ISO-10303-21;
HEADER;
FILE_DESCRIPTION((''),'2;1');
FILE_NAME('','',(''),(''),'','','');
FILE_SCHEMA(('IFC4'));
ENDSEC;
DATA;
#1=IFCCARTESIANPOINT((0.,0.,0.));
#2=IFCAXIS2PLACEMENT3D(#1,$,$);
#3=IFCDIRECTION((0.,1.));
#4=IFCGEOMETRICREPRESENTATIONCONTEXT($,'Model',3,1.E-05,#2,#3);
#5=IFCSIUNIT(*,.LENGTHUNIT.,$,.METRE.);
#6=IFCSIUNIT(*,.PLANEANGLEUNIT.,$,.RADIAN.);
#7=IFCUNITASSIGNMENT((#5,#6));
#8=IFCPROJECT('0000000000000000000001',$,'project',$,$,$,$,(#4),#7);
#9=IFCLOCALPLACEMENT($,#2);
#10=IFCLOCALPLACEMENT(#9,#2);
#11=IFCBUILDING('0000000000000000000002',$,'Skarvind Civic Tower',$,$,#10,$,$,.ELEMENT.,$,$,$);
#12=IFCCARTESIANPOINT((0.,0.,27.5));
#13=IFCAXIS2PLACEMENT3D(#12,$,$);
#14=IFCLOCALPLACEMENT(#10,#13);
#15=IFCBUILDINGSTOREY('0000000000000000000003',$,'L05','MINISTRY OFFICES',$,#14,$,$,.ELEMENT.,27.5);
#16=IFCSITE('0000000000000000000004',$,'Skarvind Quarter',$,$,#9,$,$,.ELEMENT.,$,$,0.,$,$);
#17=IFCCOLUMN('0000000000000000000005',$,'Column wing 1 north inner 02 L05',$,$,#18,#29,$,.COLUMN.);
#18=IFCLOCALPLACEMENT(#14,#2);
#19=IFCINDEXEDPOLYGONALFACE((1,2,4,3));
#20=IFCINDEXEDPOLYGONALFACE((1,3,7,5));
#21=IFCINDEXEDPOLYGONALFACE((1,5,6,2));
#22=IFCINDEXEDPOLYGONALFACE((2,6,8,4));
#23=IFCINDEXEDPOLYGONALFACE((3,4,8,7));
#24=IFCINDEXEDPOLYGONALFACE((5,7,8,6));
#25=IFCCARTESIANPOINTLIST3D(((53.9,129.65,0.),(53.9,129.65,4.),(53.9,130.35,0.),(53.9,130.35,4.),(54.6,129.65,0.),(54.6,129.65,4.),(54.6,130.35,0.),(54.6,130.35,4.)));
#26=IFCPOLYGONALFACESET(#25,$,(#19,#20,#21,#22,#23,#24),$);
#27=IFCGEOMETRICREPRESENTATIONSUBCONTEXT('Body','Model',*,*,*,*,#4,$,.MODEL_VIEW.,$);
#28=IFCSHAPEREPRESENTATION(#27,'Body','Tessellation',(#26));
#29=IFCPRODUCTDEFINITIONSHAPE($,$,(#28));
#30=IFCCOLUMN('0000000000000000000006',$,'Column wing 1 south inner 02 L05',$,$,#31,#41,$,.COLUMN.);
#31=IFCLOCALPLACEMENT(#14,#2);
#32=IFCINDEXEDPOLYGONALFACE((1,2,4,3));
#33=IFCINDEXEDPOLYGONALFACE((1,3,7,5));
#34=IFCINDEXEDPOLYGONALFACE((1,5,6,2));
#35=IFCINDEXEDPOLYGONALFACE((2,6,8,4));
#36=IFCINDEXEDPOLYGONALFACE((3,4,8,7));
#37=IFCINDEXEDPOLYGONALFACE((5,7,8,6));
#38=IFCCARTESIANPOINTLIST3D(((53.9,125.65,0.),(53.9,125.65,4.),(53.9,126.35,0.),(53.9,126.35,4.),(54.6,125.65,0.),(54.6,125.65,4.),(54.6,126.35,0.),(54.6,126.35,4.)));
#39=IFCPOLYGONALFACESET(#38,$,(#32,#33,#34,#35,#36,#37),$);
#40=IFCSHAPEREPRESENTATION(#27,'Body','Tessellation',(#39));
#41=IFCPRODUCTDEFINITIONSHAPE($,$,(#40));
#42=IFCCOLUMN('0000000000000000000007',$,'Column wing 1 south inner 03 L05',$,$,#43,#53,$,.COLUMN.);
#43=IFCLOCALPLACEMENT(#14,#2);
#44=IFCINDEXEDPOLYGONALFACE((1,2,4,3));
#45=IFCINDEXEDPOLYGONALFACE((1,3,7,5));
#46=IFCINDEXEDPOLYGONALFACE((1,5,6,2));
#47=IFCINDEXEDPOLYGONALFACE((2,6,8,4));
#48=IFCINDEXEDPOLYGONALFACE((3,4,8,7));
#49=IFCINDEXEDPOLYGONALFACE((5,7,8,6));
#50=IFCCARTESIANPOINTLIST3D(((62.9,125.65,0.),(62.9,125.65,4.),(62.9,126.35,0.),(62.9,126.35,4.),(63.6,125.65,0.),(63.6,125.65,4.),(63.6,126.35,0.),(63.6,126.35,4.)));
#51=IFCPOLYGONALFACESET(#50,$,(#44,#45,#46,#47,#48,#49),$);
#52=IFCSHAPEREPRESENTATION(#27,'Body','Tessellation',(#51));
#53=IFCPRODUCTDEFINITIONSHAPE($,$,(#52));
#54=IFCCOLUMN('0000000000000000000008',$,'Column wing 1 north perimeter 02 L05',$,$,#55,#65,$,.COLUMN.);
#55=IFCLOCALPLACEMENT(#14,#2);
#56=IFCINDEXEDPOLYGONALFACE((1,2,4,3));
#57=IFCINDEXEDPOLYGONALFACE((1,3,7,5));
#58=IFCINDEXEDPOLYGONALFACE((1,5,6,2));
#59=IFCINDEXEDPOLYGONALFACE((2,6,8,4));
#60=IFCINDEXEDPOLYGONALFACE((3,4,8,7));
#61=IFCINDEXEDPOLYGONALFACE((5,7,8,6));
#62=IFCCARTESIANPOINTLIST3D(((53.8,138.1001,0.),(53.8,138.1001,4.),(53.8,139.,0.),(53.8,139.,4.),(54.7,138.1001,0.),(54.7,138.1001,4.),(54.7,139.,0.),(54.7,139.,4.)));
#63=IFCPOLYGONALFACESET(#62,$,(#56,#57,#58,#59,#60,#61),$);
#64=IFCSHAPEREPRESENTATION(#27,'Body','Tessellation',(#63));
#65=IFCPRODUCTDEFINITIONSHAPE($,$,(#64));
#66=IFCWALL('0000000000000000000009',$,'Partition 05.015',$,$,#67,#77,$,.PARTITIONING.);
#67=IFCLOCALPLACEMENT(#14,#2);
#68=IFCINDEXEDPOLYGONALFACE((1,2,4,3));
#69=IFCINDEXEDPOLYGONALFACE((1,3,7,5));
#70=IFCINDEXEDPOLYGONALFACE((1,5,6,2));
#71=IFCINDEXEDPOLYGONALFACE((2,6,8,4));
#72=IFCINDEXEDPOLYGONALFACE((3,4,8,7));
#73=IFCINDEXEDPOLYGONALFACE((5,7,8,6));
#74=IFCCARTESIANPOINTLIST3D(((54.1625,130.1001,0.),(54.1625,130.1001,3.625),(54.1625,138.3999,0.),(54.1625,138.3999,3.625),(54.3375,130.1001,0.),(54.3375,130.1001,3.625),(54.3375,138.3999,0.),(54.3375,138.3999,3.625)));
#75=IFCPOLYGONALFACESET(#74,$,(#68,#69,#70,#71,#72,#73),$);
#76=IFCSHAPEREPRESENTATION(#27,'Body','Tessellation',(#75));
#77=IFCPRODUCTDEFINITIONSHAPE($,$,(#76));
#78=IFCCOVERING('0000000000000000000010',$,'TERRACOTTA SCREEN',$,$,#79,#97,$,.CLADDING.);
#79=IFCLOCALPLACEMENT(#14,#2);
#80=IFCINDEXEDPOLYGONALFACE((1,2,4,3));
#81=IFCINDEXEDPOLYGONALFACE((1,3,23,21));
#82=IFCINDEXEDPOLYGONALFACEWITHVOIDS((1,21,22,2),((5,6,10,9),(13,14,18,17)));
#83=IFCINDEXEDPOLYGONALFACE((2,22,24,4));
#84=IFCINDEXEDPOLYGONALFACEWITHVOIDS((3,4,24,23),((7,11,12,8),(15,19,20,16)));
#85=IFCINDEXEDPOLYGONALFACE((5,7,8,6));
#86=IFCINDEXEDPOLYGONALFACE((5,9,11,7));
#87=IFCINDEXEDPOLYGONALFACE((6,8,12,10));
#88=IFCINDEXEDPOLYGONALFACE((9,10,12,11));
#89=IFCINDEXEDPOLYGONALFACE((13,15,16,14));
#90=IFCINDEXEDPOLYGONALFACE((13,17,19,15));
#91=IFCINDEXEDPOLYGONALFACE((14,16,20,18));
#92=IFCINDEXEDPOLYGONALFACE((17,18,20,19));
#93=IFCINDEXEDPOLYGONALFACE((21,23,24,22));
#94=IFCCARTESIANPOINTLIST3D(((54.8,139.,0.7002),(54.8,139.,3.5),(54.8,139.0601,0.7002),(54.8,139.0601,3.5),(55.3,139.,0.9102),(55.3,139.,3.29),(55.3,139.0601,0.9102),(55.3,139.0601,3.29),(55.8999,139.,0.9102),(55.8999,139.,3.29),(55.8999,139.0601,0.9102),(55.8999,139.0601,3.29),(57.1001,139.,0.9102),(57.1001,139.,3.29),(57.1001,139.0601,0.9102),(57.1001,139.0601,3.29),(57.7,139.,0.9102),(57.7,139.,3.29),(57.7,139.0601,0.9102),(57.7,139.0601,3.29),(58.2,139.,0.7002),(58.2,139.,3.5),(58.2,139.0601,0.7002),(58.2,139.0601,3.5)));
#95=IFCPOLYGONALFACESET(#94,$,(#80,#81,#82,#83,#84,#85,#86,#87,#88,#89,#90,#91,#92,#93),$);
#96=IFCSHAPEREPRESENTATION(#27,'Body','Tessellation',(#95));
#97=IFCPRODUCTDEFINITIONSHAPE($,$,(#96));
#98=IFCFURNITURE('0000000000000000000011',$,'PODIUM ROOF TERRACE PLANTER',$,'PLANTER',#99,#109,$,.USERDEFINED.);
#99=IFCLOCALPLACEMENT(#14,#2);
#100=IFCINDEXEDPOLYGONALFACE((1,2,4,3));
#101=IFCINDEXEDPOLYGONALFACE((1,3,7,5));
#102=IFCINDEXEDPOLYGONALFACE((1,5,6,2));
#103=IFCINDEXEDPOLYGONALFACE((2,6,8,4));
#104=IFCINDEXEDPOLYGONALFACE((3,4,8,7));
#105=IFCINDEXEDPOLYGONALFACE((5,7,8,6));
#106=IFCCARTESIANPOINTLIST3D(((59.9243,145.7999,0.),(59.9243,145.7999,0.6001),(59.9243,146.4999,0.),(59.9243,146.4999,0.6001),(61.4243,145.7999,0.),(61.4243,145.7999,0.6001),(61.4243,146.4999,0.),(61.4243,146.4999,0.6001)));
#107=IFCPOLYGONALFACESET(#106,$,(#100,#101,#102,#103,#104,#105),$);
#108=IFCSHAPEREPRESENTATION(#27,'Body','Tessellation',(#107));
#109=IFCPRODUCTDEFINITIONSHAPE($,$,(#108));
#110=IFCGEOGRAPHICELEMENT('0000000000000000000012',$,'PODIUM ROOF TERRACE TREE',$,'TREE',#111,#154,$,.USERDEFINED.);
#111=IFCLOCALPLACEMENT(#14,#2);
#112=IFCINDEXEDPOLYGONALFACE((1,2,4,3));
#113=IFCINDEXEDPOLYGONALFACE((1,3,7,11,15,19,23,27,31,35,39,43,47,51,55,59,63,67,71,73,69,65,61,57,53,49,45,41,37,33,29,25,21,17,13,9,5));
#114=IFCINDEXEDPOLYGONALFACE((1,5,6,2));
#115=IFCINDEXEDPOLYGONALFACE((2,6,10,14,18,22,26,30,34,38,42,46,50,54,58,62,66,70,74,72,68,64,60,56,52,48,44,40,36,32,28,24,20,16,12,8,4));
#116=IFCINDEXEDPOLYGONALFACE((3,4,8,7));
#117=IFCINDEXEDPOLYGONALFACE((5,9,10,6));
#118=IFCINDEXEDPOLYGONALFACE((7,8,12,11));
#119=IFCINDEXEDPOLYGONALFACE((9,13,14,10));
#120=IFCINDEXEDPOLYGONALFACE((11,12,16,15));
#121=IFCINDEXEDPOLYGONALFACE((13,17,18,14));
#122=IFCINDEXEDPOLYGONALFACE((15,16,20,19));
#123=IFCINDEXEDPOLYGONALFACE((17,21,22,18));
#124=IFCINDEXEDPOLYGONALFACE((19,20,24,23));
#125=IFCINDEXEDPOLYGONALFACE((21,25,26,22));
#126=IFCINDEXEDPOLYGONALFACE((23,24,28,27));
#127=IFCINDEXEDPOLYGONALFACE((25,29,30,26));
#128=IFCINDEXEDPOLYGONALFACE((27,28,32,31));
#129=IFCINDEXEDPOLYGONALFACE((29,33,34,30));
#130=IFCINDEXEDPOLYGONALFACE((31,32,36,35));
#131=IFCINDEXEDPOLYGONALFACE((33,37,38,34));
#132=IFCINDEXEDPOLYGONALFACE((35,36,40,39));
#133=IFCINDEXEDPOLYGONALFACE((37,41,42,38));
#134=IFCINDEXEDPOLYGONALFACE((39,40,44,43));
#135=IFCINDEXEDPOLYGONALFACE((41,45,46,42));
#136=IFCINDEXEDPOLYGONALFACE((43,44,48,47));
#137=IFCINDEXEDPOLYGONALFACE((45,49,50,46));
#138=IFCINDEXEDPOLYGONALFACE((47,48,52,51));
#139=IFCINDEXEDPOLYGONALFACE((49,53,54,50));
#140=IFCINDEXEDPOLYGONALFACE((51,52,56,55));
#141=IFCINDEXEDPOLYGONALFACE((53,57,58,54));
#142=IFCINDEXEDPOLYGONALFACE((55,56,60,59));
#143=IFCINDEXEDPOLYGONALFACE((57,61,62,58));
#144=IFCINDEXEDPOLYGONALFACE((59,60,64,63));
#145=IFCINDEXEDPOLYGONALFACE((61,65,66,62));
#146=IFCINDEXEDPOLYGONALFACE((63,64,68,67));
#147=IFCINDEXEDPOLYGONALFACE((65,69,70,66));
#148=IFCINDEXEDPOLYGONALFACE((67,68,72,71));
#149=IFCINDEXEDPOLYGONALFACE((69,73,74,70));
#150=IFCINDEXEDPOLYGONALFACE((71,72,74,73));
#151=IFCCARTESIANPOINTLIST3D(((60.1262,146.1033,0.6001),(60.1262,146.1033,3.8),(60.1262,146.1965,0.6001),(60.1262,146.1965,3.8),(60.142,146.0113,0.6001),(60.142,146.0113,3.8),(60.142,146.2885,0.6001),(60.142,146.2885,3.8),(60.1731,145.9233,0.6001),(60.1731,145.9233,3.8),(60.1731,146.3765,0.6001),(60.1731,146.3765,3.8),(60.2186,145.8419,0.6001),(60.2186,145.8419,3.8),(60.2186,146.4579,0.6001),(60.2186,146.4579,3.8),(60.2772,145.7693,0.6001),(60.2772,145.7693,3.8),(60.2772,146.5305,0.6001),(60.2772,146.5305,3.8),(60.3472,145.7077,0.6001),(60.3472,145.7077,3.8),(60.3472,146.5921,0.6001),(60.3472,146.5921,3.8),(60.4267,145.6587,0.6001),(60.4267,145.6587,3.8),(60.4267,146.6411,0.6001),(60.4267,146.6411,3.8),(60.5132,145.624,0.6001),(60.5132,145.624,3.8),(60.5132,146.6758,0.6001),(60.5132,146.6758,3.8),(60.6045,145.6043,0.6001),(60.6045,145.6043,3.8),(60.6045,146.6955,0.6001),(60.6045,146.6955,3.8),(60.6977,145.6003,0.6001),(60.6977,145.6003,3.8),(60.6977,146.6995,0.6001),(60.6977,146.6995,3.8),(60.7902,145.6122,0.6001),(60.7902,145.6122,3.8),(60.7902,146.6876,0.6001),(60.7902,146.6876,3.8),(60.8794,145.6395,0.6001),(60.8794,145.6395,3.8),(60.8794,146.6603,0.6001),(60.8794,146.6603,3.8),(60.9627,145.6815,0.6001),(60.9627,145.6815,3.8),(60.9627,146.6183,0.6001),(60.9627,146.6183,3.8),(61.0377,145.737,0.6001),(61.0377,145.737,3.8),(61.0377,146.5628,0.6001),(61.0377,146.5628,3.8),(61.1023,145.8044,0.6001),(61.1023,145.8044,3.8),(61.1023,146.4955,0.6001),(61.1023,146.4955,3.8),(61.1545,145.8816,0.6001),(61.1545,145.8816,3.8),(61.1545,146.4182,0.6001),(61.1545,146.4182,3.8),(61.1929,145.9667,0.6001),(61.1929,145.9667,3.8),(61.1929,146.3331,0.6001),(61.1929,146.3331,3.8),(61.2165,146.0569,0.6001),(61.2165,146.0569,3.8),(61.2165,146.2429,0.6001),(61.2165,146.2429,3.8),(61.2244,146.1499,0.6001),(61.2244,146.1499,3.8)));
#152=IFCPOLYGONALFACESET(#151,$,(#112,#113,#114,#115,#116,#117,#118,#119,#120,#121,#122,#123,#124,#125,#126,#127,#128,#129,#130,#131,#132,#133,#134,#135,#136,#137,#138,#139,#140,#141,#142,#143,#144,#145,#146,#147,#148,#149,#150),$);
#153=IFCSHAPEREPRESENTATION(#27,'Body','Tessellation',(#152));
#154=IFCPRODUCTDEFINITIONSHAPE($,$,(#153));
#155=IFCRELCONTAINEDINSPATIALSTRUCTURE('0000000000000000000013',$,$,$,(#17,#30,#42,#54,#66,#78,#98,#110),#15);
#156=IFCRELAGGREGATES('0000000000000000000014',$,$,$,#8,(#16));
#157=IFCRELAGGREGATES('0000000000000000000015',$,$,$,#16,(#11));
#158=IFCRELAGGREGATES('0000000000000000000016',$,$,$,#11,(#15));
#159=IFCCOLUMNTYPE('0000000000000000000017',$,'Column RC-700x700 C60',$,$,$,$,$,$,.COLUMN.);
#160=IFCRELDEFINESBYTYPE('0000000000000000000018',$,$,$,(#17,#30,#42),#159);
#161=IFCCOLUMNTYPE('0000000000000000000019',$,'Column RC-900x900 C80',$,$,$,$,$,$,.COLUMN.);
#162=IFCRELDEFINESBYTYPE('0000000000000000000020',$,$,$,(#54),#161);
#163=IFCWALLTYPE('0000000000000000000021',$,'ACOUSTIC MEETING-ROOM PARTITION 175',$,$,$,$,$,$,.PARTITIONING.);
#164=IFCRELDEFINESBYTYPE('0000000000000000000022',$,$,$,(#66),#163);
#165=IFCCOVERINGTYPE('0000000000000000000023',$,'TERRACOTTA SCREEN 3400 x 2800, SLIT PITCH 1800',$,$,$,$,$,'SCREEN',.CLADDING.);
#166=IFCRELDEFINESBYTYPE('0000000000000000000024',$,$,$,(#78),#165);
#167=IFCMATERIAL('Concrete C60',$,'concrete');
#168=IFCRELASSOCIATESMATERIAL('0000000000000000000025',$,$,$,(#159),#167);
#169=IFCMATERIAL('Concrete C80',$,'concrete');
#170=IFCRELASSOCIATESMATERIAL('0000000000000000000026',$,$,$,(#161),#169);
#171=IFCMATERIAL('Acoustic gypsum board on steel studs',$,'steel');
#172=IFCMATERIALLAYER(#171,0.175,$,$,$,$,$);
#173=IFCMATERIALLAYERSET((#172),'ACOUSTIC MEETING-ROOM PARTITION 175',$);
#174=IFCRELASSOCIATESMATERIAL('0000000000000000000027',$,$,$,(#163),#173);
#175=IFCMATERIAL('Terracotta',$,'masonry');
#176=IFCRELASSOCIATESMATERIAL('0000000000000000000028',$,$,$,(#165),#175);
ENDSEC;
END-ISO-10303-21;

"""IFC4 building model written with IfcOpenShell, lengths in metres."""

from ifc_helpers import new_model, si_unit, direction, frame, frame_2d, origin, origin_2d, place, context, subcontext, project, spatial, polyline, rectangle, circle, outline, extrude, material, layer, layer_set, material_profile, profile_set, type_object, element, save


model = new_model("IFC4")

# Units and contexts
model_context = context("Model", 3, precision=1e-05, world=origin(), true_north=direction((0.0, 1.0)))
body_context = subcontext(model_context, "Body", "Model", "MODEL_VIEW")
ifc_project = project(units=[si_unit("LENGTHUNIT", "METRE"), si_unit("PLANEANGLEUNIT", "RADIAN")], contexts=[model_context])

# Site, building, storey
site_placement = place(None, origin())
site = spatial("IfcSite", under=ifc_project, at=site_placement, Name="Skarvind Quarter", CompositionType="ELEMENT", RefElevation=0.0)
building_placement = place(site_placement, origin())
building = spatial("IfcBuilding", under=site, at=building_placement, Name="Skarvind Civic Tower", CompositionType="ELEMENT")
storey_placement = place(building_placement, frame((0.0, 0.0, 27.5)))
storey = spatial("IfcBuildingStorey", under=building, at=storey_placement, Name="L05", Description="MINISTRY OFFICES", CompositionType="ELEMENT", Elevation=27.5)

# Columns
ifc_material_1 = material(Name="Concrete C60", Category="concrete")
ifc_material_profile_1 = material_profile(ifc_material_1, rectangle(XDim=0.7, YDim=0.7, at=origin_2d()), Name="RC-700x700")
ifc_profile_set_1 = profile_set([ifc_material_profile_1], Name="Concrete C60")
column_type_1 = type_object("IfcColumnType", Name="Column RC-700x700 C60", PredefinedType="COLUMN", material=ifc_profile_set_1)
for number, where, z_axis, x_axis, name in (
    (1, (54.25, 130.0, 0.0), (0.0, 0.0, 1.0), (1.0, 0.0, 0.0), "Column wing 1 north inner 02 L05"),
    (2, (54.25, 126.0, 0.0), (0.0, 0.0, 1.0), (1.0, 0.0, 0.0), "Column wing 1 south inner 02 L05"),
    (3, (63.25, 126.0, 0.0), (0.0, 0.0, 1.0), (1.0, 0.0, 0.0), "Column wing 1 south inner 03 L05"),
):
    element("IfcColumn", number, at=place(storey_placement, frame(where, z_axis=z_axis, x_axis=x_axis)), inside=storey, type_object=column_type_1, Name=name, PredefinedType="COLUMN", context=body_context, shape_type="SweptSolid", body=[
        extrude(rectangle(XDim=0.7, YDim=0.7, at=origin_2d()), origin(), (0.0, 0.0, 1.0), 4.0),
    ])
ifc_material_2 = material(Name="Concrete C80", Category="concrete")
ifc_material_profile_2 = material_profile(ifc_material_2, rectangle(XDim=0.8999, YDim=0.8999, at=origin_2d()), Name="RC-900x900")
ifc_profile_set_2 = profile_set([ifc_material_profile_2], Name="Concrete C80")
column_type_2 = type_object("IfcColumnType", Name="Column RC-900x900 C80", PredefinedType="COLUMN", material=ifc_profile_set_2)
column_placement = place(storey_placement, frame((54.25, 138.55, 0.0), z_axis=(0.0, 0.0, 1.0), x_axis=(1.0, 0.0, 0.0)))
element("IfcColumn", 4, at=column_placement, inside=storey, type_object=column_type_2, Name="Column wing 1 north perimeter 02 L05", PredefinedType="COLUMN", context=body_context, shape_type="SweptSolid", body=[
    extrude(rectangle(XDim=0.8999, YDim=0.8999, at=origin_2d()), origin(), (0.0, 0.0, 1.0), 4.0),
])

# Wall
ifc_material_3 = material(Name="Acoustic gypsum board on steel studs", Category="steel")
ifc_layer = layer(ifc_material_3, 0.175)
ifc_layer_set = layer_set([ifc_layer], Name="ACOUSTIC MEETING-ROOM PARTITION 175")
wall_type = type_object("IfcWallType", Name="ACOUSTIC MEETING-ROOM PARTITION 175", PredefinedType="PARTITIONING", material=ifc_layer_set)
wall_placement = place(storey_placement, frame((54.25, 138.3999, 0.0), z_axis=(0.0, 0.0, 1.0), x_axis=(0.0, -1.0, 0.0)))
element("IfcWall", 5, at=wall_placement, inside=storey, type_object=wall_type, Name="Partition 05.015", PredefinedType="PARTITIONING", context=body_context, shape_type="SweptSolid", body=[
    extrude(rectangle(XDim=8.2998, YDim=0.175, at=frame_2d((4.1499, 0.0))), origin(), (0.0, 0.0, 1.0), 3.625),
])

# Covering
ifc_material_4 = material(Name="Terracotta", Category="masonry")
ifc_material_profile_3 = material_profile(ifc_material_4, outline(polyline([(-1.7, -1.3999), (1.7, -1.3999), (1.7, 1.3999), (-1.7, 1.3999), (-1.7, -1.3999)]), holes=[polyline([(-1.2, -1.1899), (-0.6001, -1.1899), (-0.6001, 1.1899), (-1.2, 1.1899), (-1.2, -1.1899)]), polyline([(0.6001, -1.1899), (1.2, -1.1899), (1.2, 1.1899), (0.6001, 1.1899), (0.6001, -1.1899)])]), Name="TERRACOTTA SCREEN 3400 x 2800, SLIT PITCH 1800")
ifc_profile_set_3 = profile_set([ifc_material_profile_3], Name="Terracotta")
covering_type = type_object("IfcCoveringType", Name="TERRACOTTA SCREEN 3400 x 2800, SLIT PITCH 1800", ElementType="SCREEN", PredefinedType="CLADDING", material=ifc_profile_set_3)
covering_placement = place(storey_placement, frame((56.5, 139.0, 2.1001), z_axis=(0.0, 1.0, 0.0), x_axis=(-1.0, 0.0, 0.0)))
element("IfcCovering", 6, at=covering_placement, inside=storey, type_object=covering_type, Name="TERRACOTTA SCREEN", PredefinedType="CLADDING", context=body_context, shape_type="SweptSolid", body=[
    extrude(outline(polyline([(-1.7, -1.3999), (1.7, -1.3999), (1.7, 1.3999), (-1.7, 1.3999), (-1.7, -1.3999)]), holes=[polyline([(-1.2, -1.1899), (-0.6001, -1.1899), (-0.6001, 1.1899), (-1.2, 1.1899), (-1.2, -1.1899)]), polyline([(0.6001, -1.1899), (1.2, -1.1899), (1.2, 1.1899), (0.6001, 1.1899), (0.6001, -1.1899)])]), origin(), (0.0, 0.0, 1.0), 0.0601),
])

# Furniture
furniture_placement = place(storey_placement, frame((60.6743, 146.1499, 0.0), z_axis=(0.0, 0.0, 1.0), x_axis=(1.0, 0.0, 0.0)))
element("IfcFurniture", 7, at=furniture_placement, inside=storey, Name="PODIUM ROOF TERRACE PLANTER", ObjectType="PLANTER", PredefinedType="USERDEFINED", context=body_context, shape_type="SweptSolid", body=[
    extrude(rectangle(XDim=1.5, YDim=0.7, at=origin_2d()), origin(), (0.0, 0.0, 1.0), 0.6001),
])

# Geographic element
geographic_element_placement = place(storey_placement, frame((60.6743, 146.1499, 0.6001), z_axis=(0.0, 0.0, 1.0), x_axis=(1.0, 0.0, 0.0)))
element("IfcGeographicElement", 8, at=geographic_element_placement, inside=storey, Name="PODIUM ROOF TERRACE TREE", ObjectType="TREE", PredefinedType="USERDEFINED", context=body_context, shape_type="SweptSolid", body=[
    extrude(circle(Radius=0.55, at=origin_2d()), origin(), (0.0, 0.0, 1.0), 3.2),
])

save(model, "model.ifc")
